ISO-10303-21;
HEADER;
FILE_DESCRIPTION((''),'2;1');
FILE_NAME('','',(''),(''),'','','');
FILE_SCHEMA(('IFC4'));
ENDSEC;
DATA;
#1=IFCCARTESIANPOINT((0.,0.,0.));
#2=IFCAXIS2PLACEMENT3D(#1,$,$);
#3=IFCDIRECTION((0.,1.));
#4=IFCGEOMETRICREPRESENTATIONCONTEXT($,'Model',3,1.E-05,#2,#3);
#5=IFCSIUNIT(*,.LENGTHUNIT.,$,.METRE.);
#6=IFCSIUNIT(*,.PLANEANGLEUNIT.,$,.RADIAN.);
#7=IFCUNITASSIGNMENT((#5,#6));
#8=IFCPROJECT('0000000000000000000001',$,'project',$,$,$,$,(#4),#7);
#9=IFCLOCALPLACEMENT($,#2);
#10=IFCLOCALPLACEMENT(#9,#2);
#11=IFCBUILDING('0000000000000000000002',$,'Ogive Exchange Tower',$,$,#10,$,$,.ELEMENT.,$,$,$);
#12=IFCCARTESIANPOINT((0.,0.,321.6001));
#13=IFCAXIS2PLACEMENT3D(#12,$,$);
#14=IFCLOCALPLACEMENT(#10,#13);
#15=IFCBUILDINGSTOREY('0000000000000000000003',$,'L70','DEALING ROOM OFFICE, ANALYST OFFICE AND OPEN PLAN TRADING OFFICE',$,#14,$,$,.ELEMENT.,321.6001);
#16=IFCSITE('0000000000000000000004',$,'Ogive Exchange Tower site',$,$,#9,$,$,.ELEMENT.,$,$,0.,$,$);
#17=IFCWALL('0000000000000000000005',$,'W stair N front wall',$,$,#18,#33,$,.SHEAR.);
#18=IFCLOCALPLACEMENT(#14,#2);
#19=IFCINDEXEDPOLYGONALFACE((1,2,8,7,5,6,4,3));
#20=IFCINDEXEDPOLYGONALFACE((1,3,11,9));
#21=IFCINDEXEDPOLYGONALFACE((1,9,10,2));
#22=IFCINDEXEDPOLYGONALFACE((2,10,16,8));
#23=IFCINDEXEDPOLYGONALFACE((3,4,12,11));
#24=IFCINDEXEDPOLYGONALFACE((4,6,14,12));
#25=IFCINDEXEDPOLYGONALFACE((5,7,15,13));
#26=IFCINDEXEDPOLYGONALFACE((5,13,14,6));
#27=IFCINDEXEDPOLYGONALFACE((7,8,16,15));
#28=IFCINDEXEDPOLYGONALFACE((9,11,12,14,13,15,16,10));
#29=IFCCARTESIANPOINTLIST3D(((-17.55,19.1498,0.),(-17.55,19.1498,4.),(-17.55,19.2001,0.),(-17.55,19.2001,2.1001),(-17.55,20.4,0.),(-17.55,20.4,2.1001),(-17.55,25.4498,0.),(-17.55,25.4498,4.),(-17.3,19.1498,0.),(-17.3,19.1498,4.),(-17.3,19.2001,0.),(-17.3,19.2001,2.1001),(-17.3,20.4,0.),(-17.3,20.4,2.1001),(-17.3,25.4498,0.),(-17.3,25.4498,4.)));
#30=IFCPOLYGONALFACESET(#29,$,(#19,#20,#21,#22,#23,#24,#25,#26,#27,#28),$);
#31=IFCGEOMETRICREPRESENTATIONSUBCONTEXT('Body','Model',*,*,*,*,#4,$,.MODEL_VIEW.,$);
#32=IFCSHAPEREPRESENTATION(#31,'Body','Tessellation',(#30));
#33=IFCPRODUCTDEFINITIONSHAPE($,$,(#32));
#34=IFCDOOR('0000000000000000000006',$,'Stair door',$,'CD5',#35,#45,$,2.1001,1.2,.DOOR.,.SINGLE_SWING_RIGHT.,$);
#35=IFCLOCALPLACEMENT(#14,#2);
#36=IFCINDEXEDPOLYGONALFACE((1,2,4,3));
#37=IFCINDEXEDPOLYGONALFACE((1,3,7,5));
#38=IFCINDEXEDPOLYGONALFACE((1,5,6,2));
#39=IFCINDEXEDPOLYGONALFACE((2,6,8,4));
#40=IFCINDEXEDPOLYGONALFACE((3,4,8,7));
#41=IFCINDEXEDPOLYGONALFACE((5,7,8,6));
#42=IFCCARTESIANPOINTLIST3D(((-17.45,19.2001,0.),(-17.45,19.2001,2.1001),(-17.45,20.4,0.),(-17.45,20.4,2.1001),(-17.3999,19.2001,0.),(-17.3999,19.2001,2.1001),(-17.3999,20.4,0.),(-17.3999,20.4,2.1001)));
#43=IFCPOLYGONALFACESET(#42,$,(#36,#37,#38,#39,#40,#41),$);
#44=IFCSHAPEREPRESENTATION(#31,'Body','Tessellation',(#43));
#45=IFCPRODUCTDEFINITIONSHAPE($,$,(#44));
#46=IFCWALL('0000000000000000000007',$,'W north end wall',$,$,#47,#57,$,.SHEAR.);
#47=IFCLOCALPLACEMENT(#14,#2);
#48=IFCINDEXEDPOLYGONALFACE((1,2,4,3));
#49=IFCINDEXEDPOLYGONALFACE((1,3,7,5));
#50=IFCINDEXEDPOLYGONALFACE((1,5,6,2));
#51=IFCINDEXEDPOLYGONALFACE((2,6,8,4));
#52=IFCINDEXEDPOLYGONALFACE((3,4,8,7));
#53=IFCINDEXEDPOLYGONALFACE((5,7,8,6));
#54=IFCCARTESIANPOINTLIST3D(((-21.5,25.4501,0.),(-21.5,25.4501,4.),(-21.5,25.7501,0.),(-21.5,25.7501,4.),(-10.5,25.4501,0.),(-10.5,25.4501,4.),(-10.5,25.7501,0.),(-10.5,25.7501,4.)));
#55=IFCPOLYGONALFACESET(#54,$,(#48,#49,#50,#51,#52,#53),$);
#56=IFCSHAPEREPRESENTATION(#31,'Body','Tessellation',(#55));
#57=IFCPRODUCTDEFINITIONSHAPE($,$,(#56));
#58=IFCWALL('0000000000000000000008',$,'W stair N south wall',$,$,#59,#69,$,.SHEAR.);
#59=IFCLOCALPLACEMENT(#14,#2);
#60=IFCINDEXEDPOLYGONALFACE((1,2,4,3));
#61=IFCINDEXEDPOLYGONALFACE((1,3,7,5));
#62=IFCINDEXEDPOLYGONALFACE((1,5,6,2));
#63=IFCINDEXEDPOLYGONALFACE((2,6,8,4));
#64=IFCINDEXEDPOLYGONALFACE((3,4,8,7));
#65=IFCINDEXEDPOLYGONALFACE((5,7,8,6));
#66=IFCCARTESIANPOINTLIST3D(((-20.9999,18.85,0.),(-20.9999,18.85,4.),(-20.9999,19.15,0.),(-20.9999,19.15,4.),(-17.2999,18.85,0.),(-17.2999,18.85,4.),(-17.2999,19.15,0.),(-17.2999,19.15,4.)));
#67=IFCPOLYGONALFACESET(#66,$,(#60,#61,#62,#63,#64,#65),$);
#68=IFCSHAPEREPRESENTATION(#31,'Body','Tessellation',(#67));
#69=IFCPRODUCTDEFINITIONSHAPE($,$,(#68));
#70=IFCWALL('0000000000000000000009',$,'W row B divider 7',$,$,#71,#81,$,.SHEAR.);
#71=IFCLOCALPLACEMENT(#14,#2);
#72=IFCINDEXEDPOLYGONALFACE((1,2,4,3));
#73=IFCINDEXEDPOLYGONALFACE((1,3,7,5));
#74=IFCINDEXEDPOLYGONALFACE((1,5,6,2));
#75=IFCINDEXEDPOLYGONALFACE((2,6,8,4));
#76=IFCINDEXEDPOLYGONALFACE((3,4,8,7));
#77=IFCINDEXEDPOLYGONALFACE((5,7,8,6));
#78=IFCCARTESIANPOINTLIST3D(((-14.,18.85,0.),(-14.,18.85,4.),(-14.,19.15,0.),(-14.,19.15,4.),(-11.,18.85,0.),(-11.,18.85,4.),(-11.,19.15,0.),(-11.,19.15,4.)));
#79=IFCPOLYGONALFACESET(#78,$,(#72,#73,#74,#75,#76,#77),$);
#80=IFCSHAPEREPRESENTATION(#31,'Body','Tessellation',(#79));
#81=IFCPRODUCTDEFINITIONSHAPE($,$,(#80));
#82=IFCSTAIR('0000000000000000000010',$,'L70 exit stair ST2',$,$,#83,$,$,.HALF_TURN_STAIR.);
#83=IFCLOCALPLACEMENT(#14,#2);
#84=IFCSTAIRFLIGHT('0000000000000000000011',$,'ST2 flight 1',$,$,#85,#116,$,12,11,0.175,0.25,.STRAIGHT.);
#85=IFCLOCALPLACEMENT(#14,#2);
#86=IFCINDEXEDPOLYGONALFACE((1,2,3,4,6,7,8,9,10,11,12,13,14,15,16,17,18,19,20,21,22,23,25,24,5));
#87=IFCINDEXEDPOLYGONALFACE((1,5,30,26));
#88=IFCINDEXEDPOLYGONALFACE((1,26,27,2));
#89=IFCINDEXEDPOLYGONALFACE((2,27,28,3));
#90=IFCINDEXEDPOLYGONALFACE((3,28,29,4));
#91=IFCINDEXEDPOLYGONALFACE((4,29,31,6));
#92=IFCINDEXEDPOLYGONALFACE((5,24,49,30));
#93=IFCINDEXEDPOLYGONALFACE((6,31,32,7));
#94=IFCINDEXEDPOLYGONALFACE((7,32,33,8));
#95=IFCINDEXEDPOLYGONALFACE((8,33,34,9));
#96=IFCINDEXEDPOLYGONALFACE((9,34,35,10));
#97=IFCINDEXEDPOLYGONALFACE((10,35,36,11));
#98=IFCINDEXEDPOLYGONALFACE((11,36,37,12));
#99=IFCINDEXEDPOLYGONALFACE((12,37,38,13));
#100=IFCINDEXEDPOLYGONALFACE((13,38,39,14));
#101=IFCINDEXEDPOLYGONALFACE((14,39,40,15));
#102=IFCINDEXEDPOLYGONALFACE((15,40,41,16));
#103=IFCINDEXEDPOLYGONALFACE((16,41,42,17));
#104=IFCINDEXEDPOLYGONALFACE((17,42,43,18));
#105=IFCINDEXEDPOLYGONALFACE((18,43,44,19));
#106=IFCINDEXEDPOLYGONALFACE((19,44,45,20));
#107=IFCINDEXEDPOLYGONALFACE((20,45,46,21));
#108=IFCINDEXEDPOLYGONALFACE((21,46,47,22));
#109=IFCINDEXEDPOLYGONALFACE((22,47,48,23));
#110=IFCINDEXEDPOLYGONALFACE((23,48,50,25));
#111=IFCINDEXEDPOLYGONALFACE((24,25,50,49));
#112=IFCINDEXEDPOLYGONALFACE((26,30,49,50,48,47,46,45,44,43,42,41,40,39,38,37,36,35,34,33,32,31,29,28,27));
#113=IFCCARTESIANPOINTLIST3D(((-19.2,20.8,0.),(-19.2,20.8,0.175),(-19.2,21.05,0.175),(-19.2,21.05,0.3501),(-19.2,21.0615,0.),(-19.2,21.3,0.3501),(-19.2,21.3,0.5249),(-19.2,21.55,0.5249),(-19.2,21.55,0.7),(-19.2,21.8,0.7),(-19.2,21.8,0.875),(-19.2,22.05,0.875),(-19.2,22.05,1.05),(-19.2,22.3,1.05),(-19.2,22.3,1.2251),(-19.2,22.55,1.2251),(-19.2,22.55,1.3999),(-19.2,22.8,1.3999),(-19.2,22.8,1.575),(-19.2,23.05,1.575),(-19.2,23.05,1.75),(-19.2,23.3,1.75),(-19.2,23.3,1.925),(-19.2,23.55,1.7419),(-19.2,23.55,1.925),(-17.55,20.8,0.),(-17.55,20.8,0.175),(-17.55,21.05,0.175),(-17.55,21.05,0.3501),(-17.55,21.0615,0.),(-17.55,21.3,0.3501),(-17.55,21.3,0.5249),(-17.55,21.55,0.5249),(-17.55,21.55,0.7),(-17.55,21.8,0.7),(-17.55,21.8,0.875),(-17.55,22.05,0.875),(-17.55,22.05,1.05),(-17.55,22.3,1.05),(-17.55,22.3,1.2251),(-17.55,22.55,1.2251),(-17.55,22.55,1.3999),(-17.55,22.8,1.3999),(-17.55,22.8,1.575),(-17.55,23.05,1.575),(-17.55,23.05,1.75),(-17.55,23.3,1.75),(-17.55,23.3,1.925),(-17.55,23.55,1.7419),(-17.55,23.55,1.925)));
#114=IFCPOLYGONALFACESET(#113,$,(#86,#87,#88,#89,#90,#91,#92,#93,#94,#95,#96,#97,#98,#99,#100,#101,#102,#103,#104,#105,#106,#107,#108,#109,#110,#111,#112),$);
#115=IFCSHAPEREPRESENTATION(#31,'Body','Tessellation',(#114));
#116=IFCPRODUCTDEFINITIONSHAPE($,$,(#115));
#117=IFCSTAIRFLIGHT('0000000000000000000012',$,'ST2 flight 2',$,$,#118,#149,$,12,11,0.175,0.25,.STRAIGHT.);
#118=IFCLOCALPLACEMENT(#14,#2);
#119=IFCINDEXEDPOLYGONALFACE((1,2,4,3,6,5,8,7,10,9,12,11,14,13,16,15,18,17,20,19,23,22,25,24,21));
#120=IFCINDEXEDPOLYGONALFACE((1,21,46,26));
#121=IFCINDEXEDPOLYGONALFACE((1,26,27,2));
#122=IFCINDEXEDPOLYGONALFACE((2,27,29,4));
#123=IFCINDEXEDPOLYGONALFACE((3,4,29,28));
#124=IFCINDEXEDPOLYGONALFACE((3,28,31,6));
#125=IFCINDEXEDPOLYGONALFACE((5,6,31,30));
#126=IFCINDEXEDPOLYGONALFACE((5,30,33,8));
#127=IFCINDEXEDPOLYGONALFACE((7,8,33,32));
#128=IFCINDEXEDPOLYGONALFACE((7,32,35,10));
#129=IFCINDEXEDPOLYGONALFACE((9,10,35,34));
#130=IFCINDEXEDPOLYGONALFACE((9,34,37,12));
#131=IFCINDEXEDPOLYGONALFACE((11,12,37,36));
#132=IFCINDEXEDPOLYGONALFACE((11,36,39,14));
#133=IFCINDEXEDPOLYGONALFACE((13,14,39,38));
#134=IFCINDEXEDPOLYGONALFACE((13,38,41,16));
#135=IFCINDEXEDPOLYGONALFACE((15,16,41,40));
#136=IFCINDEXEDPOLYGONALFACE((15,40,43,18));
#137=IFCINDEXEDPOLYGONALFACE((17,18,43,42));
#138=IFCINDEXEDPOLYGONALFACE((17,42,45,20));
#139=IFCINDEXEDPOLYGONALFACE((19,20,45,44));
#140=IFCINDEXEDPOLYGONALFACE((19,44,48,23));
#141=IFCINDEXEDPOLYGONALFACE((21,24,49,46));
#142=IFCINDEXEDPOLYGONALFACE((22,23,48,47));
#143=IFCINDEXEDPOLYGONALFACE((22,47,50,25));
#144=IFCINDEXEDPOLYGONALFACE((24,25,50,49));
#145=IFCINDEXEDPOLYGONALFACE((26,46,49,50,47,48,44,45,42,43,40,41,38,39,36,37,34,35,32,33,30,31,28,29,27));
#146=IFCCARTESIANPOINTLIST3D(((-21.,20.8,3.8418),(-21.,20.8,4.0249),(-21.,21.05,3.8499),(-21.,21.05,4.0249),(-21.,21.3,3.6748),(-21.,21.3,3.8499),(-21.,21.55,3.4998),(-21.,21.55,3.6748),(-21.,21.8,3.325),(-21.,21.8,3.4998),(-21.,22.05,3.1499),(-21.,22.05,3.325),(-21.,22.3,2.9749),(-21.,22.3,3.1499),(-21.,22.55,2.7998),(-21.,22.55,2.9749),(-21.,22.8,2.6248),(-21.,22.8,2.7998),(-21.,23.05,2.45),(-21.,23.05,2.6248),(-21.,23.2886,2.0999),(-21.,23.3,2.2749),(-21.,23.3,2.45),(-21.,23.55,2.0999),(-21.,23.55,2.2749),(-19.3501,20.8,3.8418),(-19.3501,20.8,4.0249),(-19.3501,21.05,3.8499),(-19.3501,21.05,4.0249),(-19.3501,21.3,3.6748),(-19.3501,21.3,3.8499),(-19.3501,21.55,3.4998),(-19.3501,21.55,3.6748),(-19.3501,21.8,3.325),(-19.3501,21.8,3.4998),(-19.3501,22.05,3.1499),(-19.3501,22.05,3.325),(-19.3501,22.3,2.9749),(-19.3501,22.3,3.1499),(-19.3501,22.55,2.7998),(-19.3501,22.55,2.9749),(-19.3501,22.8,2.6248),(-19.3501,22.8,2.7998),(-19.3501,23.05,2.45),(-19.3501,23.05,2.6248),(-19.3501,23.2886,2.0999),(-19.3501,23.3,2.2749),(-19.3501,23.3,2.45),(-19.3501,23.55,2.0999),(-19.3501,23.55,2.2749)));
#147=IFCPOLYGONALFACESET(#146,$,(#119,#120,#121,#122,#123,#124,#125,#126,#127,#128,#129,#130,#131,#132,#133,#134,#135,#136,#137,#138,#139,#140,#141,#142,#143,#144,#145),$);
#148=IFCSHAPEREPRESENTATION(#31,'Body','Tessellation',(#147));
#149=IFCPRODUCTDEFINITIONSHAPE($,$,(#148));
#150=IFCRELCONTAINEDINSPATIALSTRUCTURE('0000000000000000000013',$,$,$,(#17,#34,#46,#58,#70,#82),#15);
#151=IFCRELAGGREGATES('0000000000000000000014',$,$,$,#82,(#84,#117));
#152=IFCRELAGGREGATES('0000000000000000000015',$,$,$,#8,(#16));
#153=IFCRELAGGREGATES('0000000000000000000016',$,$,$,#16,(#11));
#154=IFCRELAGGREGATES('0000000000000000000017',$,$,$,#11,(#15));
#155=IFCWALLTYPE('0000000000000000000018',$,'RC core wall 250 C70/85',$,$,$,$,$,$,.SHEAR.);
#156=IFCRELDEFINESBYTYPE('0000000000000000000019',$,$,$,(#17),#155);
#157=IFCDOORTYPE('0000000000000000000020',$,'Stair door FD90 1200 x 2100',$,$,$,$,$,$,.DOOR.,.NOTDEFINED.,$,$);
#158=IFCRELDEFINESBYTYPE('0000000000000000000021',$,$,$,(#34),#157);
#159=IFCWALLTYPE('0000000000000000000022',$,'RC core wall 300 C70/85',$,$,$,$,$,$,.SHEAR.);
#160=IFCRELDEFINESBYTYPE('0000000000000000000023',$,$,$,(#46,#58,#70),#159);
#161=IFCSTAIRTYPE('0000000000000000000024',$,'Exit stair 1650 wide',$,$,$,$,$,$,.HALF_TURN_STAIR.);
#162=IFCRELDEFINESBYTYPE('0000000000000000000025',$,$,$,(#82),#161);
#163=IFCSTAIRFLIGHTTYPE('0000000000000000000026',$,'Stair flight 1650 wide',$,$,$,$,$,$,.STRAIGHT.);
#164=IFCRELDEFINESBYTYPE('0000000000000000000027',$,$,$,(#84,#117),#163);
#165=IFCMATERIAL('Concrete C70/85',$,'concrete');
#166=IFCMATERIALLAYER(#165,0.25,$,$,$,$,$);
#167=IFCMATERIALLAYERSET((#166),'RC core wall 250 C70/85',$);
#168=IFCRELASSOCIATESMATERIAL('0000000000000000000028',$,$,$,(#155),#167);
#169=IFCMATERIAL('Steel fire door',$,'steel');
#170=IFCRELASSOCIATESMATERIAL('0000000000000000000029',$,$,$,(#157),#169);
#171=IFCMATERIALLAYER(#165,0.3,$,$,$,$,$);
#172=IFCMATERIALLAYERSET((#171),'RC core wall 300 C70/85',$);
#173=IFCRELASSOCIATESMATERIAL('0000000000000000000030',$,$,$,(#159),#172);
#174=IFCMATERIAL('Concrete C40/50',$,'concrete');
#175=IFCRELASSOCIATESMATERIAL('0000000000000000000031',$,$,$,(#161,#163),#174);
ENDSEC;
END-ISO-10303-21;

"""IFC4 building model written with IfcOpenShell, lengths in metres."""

from ifc_helpers import new_model, si_unit, direction, frame, frame_2d, origin, place, context, subcontext, project, spatial, polyline, rectangle, outline, extrude, material, layer, layer_set, type_object, element, fill, aggregate, save


model = new_model("IFC4")

# Units and contexts
model_context = context("Model", 3, precision=1e-05, world=origin(), true_north=direction((0.0, 1.0)))
body_context = subcontext(model_context, "Body", "Model", "MODEL_VIEW")
ifc_project = project(units=[si_unit("LENGTHUNIT", "METRE"), si_unit("PLANEANGLEUNIT", "RADIAN")], contexts=[model_context])

# Site, building, storey
site_placement = place(None, origin())
site = spatial("IfcSite", under=ifc_project, at=site_placement, Name="Ogive Exchange Tower site", CompositionType="ELEMENT", RefElevation=0.0)
building_placement = place(site_placement, origin())
building = spatial("IfcBuilding", under=site, at=building_placement, Name="Ogive Exchange Tower", CompositionType="ELEMENT")
storey_placement = place(building_placement, frame((0.0, 0.0, 321.6001)))
storey = spatial("IfcBuildingStorey", under=building, at=storey_placement, Name="L70", Description="DEALING ROOM OFFICE, ANALYST OFFICE AND OPEN PLAN TRADING OFFICE", CompositionType="ELEMENT", Elevation=321.6001)

# Wall, opening, door
ifc_material_1 = material(Name="Concrete C70/85", Category="concrete")
ifc_material_2 = material(Name="Steel fire door", Category="steel")
ifc_layer_1 = layer(ifc_material_1, 0.25)
ifc_layer_set_1 = layer_set([ifc_layer_1], Name="RC core wall 250 C70/85")
wall_type_1 = type_object("IfcWallType", Name="RC core wall 250 C70/85", PredefinedType="SHEAR", material=ifc_layer_set_1)
wall_1_placement = place(storey_placement, frame((-17.425, 19.1499, 0.0), z_axis=(0.0, 0.0, 1.0), x_axis=(0.0, 1.0, 0.0)))
wall_1 = element("IfcWall", 1, at=wall_1_placement, inside=storey, type_object=wall_type_1, Name="W stair N front wall", PredefinedType="SHEAR", context=body_context, shape_type="SweptSolid", body=[
    extrude(rectangle(XDim=6.3, YDim=0.25, at=frame_2d((3.1499, 0.0))), origin(), (0.0, 0.0, 1.0), 4.0),
])
opening_1_placement = place(wall_1_placement, frame((0.05, 0.0, 0.0)))
opening_1 = element("IfcOpeningElement", 2, at=opening_1_placement, cuts=wall_1, PredefinedType="OPENING", context=body_context, shape_type="SweptSolid", body=[
    extrude(rectangle(XDim=1.2, YDim=2.1001, at=frame_2d((0.6001, 1.05))), frame((0.0, 0.135, 0.0), z_axis=(0.0, -1.0, 0.0), x_axis=(1.0, 0.0, 0.0)), (0.0, 0.0, 1.0), 0.27),
])
door_type_1 = type_object("IfcDoorType", Name="Stair door FD90 1200 x 2100", OperationType="NOTDEFINED", PredefinedType="DOOR", material=ifc_material_2)
door_1_placement = place(opening_1_placement, origin())
door_1 = element("IfcDoor", 3, at=door_1_placement, inside=storey, type_object=door_type_1, Name="Stair door", ObjectType="CD5", OperationType="SINGLE_SWING_RIGHT", OverallHeight=2.1001, OverallWidth=1.2, PredefinedType="DOOR", context=body_context, shape_type="SweptSolid", body=[
    extrude(rectangle(XDim=1.2, YDim=2.1001, at=frame_2d((0.6001, 1.05))), frame((0.0, 0.0249, 0.0), z_axis=(0.0, -1.0, 0.0), x_axis=(1.0, 0.0, 0.0)), (0.0, 0.0, 1.0), 0.05),
])
fill(opening_1, door_1)

# Walls
ifc_layer_2 = layer(ifc_material_1, 0.3)
ifc_layer_set_2 = layer_set([ifc_layer_2], Name="RC core wall 300 C70/85")
wall_type_2 = type_object("IfcWallType", Name="RC core wall 300 C70/85", PredefinedType="SHEAR", material=ifc_layer_set_2)
wall_2_placement = place(storey_placement, frame((-21.5, 25.6001, 0.0), z_axis=(0.0, 0.0, 1.0), x_axis=(1.0, 0.0, 0.0)))
element("IfcWall", 4, at=wall_2_placement, inside=storey, type_object=wall_type_2, Name="W north end wall", PredefinedType="SHEAR", context=body_context, shape_type="SweptSolid", body=[
    extrude(rectangle(XDim=11.0, YDim=0.3, at=frame_2d((5.5, 0.0))), origin(), (0.0, 0.0, 1.0), 4.0),
])
wall_3_placement = place(storey_placement, frame((-21.0, 19.0, 0.0), z_axis=(0.0, 0.0, 1.0), x_axis=(1.0, 0.0, 0.0)))
element("IfcWall", 5, at=wall_3_placement, inside=storey, type_object=wall_type_2, Name="W stair N south wall", PredefinedType="SHEAR", context=body_context, shape_type="SweptSolid", body=[
    extrude(rectangle(XDim=3.7, YDim=0.3, at=frame_2d((1.8501, 0.0))), origin(), (0.0, 0.0, 1.0), 4.0),
])
wall_4_placement = place(storey_placement, frame((-14.0, 19.0, 0.0), z_axis=(0.0, 0.0, 1.0), x_axis=(1.0, 0.0, 0.0)))
element("IfcWall", 6, at=wall_4_placement, inside=storey, type_object=wall_type_2, Name="W row B divider 7", PredefinedType="SHEAR", context=body_context, shape_type="SweptSolid", body=[
    extrude(rectangle(XDim=3.0, YDim=0.3, at=frame_2d((1.5, 0.0))), origin(), (0.0, 0.0, 1.0), 4.0),
])

# Stair, stair flights
ifc_material_3 = material(Name="Concrete C40/50", Category="concrete")
stair_type = type_object("IfcStairType", Name="Exit stair 1650 wide", PredefinedType="HALF_TURN_STAIR", material=ifc_material_3)
stair_placement = place(storey_placement, origin())
stair = element("IfcStair", 7, at=stair_placement, inside=storey, type_object=stair_type, Name="L70 exit stair ST2", PredefinedType="HALF_TURN_STAIR")
stair_flight_type = type_object("IfcStairFlightType", Name="Stair flight 1650 wide", PredefinedType="STRAIGHT", material=ifc_material_3)
stair_flight_1_placement = place(storey_placement, frame((-18.375, 20.8, 0.0), z_axis=(0.0, 0.0, 1.0), x_axis=(0.0, 1.0, 0.0)))
stair_flight_1 = element("IfcStairFlight", 8, at=stair_flight_1_placement, type_object=stair_flight_type, Name="ST2 flight 1", NumberOfRisers=12, NumberOfTreads=11, PredefinedType="STRAIGHT", RiserHeight=0.175, TreadLength=0.25, context=body_context, shape_type="SweptSolid", body=[
    extrude(outline(polyline([(0.0, 0.0), (0.0, 0.175), (0.25, 0.175), (0.25, 0.3501), (0.5, 0.3501), (0.5, 0.5249), (0.75, 0.5249), (0.75, 0.7), (1.0, 0.7), (1.0, 0.875), (1.25, 0.875), (1.25, 1.05), (1.5, 1.05), (1.5, 1.2251), (1.75, 1.2251), (1.75, 1.3999), (2.0, 1.3999), (2.0, 1.575), (2.25, 1.575), (2.25, 1.75), (2.5, 1.75), (2.5, 1.925), (2.75, 1.925), (2.75, 2.1001), (2.75, 1.7419), (0.2615, 0.0), (0.0, 0.0)])), frame((0.0, 0.825, 0.0), z_axis=(0.0, -1.0, 0.0), x_axis=(1.0, 0.0, 0.0)), (0.0, 0.0, 1.0), 1.6499),
])
stair_flight_2_placement = place(storey_placement, frame((-20.175, 23.55, 2.0999), z_axis=(0.0, 0.0, 1.0), x_axis=(0.0, -1.0, 0.0)))
stair_flight_2 = element("IfcStairFlight", 9, at=stair_flight_2_placement, type_object=stair_flight_type, Name="ST2 flight 2", NumberOfRisers=12, NumberOfTreads=11, PredefinedType="STRAIGHT", RiserHeight=0.175, TreadLength=0.25, context=body_context, shape_type="SweptSolid", body=[
    extrude(outline(polyline([(0.0, 0.0), (0.0, 0.175), (0.25, 0.175), (0.25, 0.3501), (0.5, 0.3501), (0.5, 0.5249), (0.75, 0.5249), (0.75, 0.7), (1.0, 0.7), (1.0, 0.875), (1.25, 0.875), (1.25, 1.05), (1.5, 1.05), (1.5, 1.2251), (1.75, 1.2251), (1.75, 1.3999), (2.0, 1.3999), (2.0, 1.575), (2.25, 1.575), (2.25, 1.75), (2.5, 1.75), (2.5, 1.925), (2.75, 1.925), (2.75, 2.1001), (2.75, 1.7419), (0.2615, 0.0), (0.0, 0.0)])), frame((0.0, 0.825, 0.0), z_axis=(0.0, -1.0, 0.0), x_axis=(1.0, 0.0, 0.0)), (0.0, 0.0, 1.0), 1.6499),
])
aggregate(stair, [stair_flight_1, stair_flight_2])

save(model, "model.ifc")
